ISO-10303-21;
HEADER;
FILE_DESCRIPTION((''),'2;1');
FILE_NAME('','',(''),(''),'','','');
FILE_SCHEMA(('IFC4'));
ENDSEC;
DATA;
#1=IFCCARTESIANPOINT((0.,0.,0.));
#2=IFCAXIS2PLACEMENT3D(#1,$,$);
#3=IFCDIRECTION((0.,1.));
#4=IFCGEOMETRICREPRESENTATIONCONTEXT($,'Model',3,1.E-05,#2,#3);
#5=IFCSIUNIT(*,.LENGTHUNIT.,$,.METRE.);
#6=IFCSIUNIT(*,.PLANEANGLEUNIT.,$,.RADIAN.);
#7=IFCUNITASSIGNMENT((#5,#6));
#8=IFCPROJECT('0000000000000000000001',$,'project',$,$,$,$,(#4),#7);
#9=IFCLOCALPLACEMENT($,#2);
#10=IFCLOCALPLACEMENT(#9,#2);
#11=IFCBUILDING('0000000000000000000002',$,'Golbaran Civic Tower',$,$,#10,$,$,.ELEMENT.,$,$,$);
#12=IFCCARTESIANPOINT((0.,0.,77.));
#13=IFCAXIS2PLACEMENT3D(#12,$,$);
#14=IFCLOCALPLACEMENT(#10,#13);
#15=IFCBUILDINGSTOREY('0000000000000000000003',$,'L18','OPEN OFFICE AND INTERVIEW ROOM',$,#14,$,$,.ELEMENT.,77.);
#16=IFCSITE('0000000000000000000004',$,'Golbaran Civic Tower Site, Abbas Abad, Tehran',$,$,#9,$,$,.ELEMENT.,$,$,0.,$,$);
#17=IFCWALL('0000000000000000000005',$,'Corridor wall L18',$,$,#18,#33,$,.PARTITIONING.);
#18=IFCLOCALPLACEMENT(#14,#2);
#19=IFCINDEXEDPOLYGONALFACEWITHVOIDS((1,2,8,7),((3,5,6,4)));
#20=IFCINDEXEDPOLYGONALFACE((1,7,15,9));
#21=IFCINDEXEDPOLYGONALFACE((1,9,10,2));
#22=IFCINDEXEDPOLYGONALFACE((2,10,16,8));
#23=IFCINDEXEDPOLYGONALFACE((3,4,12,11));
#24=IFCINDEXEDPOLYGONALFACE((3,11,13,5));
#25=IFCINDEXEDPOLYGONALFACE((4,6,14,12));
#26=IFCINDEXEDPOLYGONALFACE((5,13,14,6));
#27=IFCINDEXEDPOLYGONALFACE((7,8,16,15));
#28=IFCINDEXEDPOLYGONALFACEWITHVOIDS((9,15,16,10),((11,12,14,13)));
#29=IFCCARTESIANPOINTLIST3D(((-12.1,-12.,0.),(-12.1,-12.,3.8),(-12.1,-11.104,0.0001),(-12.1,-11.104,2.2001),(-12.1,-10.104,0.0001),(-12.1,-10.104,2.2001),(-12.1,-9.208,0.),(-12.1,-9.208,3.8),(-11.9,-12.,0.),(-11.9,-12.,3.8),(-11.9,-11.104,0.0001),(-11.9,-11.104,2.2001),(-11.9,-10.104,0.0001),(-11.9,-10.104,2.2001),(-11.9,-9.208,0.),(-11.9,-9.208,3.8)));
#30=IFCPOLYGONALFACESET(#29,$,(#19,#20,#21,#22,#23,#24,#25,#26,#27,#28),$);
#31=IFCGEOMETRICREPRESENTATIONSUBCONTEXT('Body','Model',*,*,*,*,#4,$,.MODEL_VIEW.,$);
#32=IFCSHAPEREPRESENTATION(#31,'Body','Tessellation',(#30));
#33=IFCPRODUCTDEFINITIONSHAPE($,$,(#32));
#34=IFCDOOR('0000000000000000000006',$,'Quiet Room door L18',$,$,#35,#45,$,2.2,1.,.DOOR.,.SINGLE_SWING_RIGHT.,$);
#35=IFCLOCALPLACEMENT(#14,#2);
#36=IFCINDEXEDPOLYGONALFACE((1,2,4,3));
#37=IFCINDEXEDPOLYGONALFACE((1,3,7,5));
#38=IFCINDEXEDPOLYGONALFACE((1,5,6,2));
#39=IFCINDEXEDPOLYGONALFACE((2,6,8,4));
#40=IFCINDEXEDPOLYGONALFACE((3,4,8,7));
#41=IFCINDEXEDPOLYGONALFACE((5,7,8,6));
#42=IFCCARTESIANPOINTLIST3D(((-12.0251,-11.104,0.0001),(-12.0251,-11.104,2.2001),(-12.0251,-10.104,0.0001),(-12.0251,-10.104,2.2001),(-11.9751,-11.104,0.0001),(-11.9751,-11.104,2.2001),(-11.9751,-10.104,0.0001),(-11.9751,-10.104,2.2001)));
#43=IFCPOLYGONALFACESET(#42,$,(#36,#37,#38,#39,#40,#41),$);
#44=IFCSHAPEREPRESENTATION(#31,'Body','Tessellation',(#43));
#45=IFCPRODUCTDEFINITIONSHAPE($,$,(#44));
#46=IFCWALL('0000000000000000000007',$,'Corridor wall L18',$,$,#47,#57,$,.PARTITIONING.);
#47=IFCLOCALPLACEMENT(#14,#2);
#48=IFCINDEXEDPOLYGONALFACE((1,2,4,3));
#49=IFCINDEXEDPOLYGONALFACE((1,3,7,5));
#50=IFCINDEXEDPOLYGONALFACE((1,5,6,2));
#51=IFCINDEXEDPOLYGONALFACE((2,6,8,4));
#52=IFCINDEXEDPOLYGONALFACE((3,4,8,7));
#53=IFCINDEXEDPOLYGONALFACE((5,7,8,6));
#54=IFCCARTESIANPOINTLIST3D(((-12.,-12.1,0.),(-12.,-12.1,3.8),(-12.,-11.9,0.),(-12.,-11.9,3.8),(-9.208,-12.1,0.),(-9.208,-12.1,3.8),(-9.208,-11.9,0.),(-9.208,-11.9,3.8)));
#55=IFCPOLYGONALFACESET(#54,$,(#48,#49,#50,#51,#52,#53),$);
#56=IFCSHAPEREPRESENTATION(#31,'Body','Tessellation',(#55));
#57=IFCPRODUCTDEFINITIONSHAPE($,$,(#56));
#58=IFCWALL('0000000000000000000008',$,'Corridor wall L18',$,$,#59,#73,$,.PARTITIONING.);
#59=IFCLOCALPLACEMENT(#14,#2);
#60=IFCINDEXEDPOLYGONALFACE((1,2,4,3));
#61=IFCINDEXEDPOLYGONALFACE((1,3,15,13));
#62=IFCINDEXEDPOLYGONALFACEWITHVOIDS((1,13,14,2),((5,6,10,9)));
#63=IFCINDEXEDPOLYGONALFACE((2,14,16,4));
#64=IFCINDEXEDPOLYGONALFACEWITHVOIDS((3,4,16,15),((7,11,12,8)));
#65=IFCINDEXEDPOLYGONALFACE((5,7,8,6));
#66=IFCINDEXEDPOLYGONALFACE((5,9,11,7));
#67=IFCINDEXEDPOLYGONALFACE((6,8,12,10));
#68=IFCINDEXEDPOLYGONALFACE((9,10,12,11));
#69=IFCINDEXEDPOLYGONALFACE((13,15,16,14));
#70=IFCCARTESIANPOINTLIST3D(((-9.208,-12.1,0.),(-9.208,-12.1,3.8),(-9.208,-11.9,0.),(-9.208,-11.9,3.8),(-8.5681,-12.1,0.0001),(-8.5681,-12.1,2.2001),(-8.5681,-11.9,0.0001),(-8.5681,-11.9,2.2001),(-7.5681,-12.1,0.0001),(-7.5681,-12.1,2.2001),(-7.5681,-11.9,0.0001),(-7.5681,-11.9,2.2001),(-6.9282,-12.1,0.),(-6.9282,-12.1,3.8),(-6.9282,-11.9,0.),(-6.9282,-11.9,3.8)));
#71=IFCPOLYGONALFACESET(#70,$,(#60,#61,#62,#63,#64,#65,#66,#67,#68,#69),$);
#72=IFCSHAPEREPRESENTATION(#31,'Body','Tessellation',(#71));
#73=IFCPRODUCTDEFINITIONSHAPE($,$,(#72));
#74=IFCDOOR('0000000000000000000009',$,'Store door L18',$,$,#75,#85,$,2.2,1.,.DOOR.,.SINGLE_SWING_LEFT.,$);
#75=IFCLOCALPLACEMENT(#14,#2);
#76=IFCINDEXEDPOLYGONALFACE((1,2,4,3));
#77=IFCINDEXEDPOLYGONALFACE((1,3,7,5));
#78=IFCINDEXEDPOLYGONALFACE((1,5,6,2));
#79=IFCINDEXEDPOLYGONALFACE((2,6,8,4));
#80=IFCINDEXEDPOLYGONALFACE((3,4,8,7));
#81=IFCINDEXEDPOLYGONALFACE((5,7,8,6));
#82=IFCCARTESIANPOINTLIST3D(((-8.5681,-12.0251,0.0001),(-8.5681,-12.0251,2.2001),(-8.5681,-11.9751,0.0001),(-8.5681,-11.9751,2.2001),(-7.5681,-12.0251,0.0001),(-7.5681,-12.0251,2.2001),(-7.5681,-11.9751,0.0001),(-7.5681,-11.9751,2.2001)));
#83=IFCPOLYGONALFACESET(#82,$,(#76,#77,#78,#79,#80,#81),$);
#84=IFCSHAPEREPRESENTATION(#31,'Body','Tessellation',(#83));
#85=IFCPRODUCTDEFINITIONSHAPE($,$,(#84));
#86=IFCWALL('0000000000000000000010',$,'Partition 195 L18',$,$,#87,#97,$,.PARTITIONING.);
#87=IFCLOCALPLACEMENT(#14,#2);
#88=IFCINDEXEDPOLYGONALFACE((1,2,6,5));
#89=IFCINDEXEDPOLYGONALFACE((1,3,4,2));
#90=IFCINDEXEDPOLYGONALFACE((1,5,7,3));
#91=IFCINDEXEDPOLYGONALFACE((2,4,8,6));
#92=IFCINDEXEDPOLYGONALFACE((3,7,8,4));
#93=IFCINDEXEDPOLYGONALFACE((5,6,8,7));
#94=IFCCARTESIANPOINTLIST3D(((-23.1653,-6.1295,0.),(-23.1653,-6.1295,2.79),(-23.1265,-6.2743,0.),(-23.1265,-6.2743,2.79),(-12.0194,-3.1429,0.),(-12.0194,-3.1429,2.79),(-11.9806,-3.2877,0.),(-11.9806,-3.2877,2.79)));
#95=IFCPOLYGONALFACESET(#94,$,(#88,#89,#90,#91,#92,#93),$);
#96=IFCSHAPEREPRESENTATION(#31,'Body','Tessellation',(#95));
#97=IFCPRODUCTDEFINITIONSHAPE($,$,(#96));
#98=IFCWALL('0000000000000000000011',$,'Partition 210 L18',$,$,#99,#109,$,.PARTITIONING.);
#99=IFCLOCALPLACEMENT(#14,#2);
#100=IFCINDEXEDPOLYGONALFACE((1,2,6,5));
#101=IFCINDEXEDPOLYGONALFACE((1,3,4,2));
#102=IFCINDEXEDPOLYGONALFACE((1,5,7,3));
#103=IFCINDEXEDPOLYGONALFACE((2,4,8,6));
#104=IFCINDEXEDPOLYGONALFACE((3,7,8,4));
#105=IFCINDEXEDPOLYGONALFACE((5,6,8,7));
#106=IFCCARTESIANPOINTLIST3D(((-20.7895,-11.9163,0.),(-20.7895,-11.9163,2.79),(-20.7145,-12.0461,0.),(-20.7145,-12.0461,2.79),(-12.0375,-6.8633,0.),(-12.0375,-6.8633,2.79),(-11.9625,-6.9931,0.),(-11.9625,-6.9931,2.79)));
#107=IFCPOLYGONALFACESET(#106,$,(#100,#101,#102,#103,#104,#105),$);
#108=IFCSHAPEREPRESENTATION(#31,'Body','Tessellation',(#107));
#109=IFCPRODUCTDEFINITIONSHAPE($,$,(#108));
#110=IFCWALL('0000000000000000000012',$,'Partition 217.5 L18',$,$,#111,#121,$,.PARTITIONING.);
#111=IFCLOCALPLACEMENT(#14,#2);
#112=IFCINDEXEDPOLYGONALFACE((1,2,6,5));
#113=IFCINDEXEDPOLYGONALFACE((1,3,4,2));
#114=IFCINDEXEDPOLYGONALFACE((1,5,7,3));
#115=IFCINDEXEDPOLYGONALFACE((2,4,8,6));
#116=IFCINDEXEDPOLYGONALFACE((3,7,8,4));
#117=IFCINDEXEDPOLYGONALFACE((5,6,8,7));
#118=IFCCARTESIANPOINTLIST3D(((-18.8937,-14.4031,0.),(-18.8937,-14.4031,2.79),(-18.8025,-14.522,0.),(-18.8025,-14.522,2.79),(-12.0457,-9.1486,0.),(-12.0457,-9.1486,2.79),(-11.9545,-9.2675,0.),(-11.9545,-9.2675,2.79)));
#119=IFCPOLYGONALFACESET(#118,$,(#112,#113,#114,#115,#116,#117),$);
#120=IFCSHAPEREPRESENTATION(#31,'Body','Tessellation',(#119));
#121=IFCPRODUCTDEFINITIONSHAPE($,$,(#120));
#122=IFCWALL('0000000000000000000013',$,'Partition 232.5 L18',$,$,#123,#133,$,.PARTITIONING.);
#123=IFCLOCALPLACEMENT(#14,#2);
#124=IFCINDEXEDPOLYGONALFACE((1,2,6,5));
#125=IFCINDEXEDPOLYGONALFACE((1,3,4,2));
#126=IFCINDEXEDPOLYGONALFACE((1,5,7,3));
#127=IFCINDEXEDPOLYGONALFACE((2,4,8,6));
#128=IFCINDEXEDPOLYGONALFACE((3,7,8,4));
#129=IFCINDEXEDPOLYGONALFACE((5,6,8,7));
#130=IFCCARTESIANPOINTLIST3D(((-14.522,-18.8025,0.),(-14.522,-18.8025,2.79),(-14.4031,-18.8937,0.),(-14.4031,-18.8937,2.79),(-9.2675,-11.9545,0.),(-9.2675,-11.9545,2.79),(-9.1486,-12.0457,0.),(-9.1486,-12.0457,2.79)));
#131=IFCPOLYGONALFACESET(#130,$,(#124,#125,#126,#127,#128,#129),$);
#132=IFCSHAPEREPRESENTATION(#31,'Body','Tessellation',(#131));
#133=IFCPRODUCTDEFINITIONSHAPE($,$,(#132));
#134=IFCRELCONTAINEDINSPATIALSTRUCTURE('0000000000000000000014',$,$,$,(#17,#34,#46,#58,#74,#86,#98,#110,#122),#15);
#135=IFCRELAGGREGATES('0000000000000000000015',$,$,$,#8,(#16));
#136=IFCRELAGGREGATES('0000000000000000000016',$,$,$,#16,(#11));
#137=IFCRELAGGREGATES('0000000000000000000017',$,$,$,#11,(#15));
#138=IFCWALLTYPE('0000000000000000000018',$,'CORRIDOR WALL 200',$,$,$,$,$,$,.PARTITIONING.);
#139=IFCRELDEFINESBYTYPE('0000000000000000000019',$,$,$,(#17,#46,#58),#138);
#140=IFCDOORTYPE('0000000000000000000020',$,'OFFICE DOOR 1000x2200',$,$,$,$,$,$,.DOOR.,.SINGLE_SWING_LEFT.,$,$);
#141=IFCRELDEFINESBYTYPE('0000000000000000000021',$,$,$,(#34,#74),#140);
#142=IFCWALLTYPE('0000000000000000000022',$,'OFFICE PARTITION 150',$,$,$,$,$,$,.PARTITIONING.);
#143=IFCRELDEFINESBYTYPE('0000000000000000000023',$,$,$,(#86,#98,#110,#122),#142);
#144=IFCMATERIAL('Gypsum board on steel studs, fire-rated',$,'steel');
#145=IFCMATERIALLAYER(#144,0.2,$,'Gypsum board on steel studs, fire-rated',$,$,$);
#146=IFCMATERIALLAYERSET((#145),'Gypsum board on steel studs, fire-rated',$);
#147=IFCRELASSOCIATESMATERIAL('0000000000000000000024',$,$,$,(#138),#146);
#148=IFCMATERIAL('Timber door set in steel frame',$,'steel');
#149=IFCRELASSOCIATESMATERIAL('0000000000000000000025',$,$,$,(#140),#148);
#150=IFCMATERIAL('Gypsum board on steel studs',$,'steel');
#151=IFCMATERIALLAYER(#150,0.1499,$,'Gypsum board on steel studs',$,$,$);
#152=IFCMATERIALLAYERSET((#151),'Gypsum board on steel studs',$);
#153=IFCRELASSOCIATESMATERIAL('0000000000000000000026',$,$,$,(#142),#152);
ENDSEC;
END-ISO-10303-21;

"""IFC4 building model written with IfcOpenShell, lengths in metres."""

from ifc_helpers import new_model, si_unit, direction, frame, frame_2d, origin, place, context, subcontext, project, spatial, rectangle, extrude, material, layer, layer_set, type_object, element, fill, save


model = new_model("IFC4")

# Units and contexts
model_context = context("Model", 3, precision=1e-05, world=origin(), true_north=direction((0.0, 1.0)))
body_context = subcontext(model_context, "Body", "Model", "MODEL_VIEW")
ifc_project = project(units=[si_unit("LENGTHUNIT", "METRE"), si_unit("PLANEANGLEUNIT", "RADIAN")], contexts=[model_context])

# Site, building, storey
site_placement = place(None, origin())
site = spatial("IfcSite", under=ifc_project, at=site_placement, Name="Golbaran Civic Tower Site, Abbas Abad, Tehran", CompositionType="ELEMENT", RefElevation=0.0)
building_placement = place(site_placement, origin())
building = spatial("IfcBuilding", under=site, at=building_placement, Name="Golbaran Civic Tower", CompositionType="ELEMENT")
storey_placement = place(building_placement, frame((0.0, 0.0, 77.0)))
storey = spatial("IfcBuildingStorey", under=building, at=storey_placement, Name="L18", Description="OPEN OFFICE AND INTERVIEW ROOM", CompositionType="ELEMENT", Elevation=77.0)

# Wall, opening, door
ifc_material_1 = material(Name="Gypsum board on steel studs, fire-rated", Category="steel")
ifc_layer_1 = layer(ifc_material_1, 0.2, Name="Gypsum board on steel studs, fire-rated")
ifc_layer_set_1 = layer_set([ifc_layer_1], Name="Gypsum board on steel studs, fire-rated")
wall_type_1 = type_object("IfcWallType", Name="CORRIDOR WALL 200", PredefinedType="PARTITIONING", material=ifc_layer_set_1)
ifc_material_2 = material(Name="Timber door set in steel frame", Category="steel")
door_type = type_object("IfcDoorType", Name="OFFICE DOOR 1000x2200", OperationType="SINGLE_SWING_LEFT", PredefinedType="DOOR", material=ifc_material_2)
wall_1_placement = place(storey_placement, frame((-12.0, -9.208, 0.0), z_axis=(0.0, 0.0, 1.0), x_axis=(0.0, -1.0, 0.0)))
wall_1 = element("IfcWall", 1, at=wall_1_placement, inside=storey, type_object=wall_type_1, Name="Corridor wall L18", PredefinedType="PARTITIONING", context=body_context, shape_type="SweptSolid", body=[
    extrude(rectangle(XDim=2.792, YDim=0.2, at=frame_2d((1.396, 0.0))), origin(), (0.0, 0.0, 1.0), 3.8),
])
opening_1_placement = place(wall_1_placement, frame((0.896, 0.0, 0.0)))
opening_1 = element("IfcOpeningElement", 2, at=opening_1_placement, cuts=wall_1, PredefinedType="OPENING", context=body_context, shape_type="SweptSolid", body=[
    extrude(rectangle(XDim=1.0, YDim=2.2, at=frame_2d((0.5, 1.1001))), frame((0.0, 0.1099, 0.0), z_axis=(0.0, -1.0, 0.0), x_axis=(1.0, 0.0, 0.0)), (0.0, 0.0, 1.0), 0.22),
])
door_1_placement = place(opening_1_placement, origin())
door_1 = element("IfcDoor", 3, at=door_1_placement, inside=storey, type_object=door_type, Name="Quiet Room door L18", OperationType="SINGLE_SWING_RIGHT", OverallHeight=2.2, OverallWidth=1.0, PredefinedType="DOOR", context=body_context, shape_type="SweptSolid", body=[
    extrude(rectangle(XDim=1.0, YDim=2.2, at=frame_2d((0.5, 1.1001))), frame((0.0, 0.0249, 0.0), z_axis=(0.0, -1.0, 0.0), x_axis=(1.0, 0.0, 0.0)), (0.0, 0.0, 1.0), 0.05),
])
fill(opening_1, door_1)

# Wall
wall_2_placement = place(storey_placement, frame((-12.0, -12.0, 0.0), z_axis=(0.0, 0.0, 1.0), x_axis=(1.0, 0.0, 0.0)))
element("IfcWall", 4, at=wall_2_placement, inside=storey, type_object=wall_type_1, Name="Corridor wall L18", PredefinedType="PARTITIONING", context=body_context, shape_type="SweptSolid", body=[
    extrude(rectangle(XDim=2.792, YDim=0.2, at=frame_2d((1.396, 0.0))), origin(), (0.0, 0.0, 1.0), 3.8),
])

# Wall, opening, door
wall_3_placement = place(storey_placement, frame((-9.208, -12.0, 0.0), z_axis=(0.0, 0.0, 1.0), x_axis=(1.0, 0.0, 0.0)))
wall_3 = element("IfcWall", 5, at=wall_3_placement, inside=storey, type_object=wall_type_1, Name="Corridor wall L18", PredefinedType="PARTITIONING", context=body_context, shape_type="SweptSolid", body=[
    extrude(rectangle(XDim=2.2798, YDim=0.2, at=frame_2d((1.1399, 0.0))), origin(), (0.0, 0.0, 1.0), 3.8),
])
opening_2_placement = place(wall_3_placement, frame((0.6399, 0.0, 0.0)))
opening_2 = element("IfcOpeningElement", 6, at=opening_2_placement, cuts=wall_3, PredefinedType="OPENING", context=body_context, shape_type="SweptSolid", body=[
    extrude(rectangle(XDim=1.0, YDim=2.2, at=frame_2d((0.5, 1.1001))), frame((0.0, 0.1099, 0.0), z_axis=(0.0, -1.0, 0.0), x_axis=(1.0, 0.0, 0.0)), (0.0, 0.0, 1.0), 0.22),
])
door_2_placement = place(opening_2_placement, origin())
door_2 = element("IfcDoor", 7, at=door_2_placement, inside=storey, type_object=door_type, Name="Store door L18", OperationType="SINGLE_SWING_LEFT", OverallHeight=2.2, OverallWidth=1.0, PredefinedType="DOOR", context=body_context, shape_type="SweptSolid", body=[
    extrude(rectangle(XDim=1.0, YDim=2.2, at=frame_2d((0.5, 1.1001))), frame((0.0, 0.0249, 0.0), z_axis=(0.0, -1.0, 0.0), x_axis=(1.0, 0.0, 0.0)), (0.0, 0.0, 1.0), 0.05),
])
fill(opening_2, door_2)

# Walls
ifc_material_3 = material(Name="Gypsum board on steel studs", Category="steel")
ifc_layer_2 = layer(ifc_material_3, 0.1499, Name="Gypsum board on steel studs")
ifc_layer_set_2 = layer_set([ifc_layer_2], Name="Gypsum board on steel studs")
wall_type_2 = type_object("IfcWallType", Name="OFFICE PARTITION 150", PredefinedType="PARTITIONING", material=ifc_layer_set_2)
wall_4_placement = place(storey_placement, frame((-12.0, -3.2153, 0.0), z_axis=(0.0, 0.0, 1.0), x_axis=(-0.965924, -0.258825, 0.0)))
element("IfcWall", 8, at=wall_4_placement, inside=storey, type_object=wall_type_2, Name="Partition 195 L18", PredefinedType="PARTITIONING", context=body_context, shape_type="SweptSolid", body=[
    extrude(rectangle(XDim=11.5391, YDim=0.1499, at=frame_2d((5.7695, 0.0))), origin(), (0.0, 0.0, 1.0), 2.79),
])
wall_5_placement = place(storey_placement, frame((-12.0, -6.9282, 0.0), z_axis=(0.0, 0.0, 1.0), x_axis=(-0.866024, -0.500003, 0.0)))
element("IfcWall", 9, at=wall_5_placement, inside=storey, type_object=wall_type_2, Name="Partition 210 L18", PredefinedType="PARTITIONING", context=body_context, shape_type="SweptSolid", body=[
    extrude(rectangle(XDim=10.106, YDim=0.1499, at=frame_2d((5.053, 0.0))), origin(), (0.0, 0.0, 1.0), 2.79),
])
for number, where, z_axis, x_axis, name in (
    (10, (-12.0, -9.208, 0.0), (0.0, 0.0, 1.0), (-0.793364, -0.608748, 0.0), "Partition 217.5 L18"),
    (11, (-9.208, -12.0, 0.0), (0.0, 0.0, 1.0), (-0.608748, -0.793364, 0.0), "Partition 232.5 L18"),
):
    element("IfcWall", number, at=place(storey_placement, frame(where, z_axis=z_axis, x_axis=x_axis)), inside=storey, type_object=wall_type_2, Name=name, PredefinedType="PARTITIONING", context=body_context, shape_type="SweptSolid", body=[
        extrude(rectangle(XDim=8.6316, YDim=0.1499, at=frame_2d((4.3159, 0.0))), origin(), (0.0, 0.0, 1.0), 2.79),
    ])

save(model, "model.ifc")
